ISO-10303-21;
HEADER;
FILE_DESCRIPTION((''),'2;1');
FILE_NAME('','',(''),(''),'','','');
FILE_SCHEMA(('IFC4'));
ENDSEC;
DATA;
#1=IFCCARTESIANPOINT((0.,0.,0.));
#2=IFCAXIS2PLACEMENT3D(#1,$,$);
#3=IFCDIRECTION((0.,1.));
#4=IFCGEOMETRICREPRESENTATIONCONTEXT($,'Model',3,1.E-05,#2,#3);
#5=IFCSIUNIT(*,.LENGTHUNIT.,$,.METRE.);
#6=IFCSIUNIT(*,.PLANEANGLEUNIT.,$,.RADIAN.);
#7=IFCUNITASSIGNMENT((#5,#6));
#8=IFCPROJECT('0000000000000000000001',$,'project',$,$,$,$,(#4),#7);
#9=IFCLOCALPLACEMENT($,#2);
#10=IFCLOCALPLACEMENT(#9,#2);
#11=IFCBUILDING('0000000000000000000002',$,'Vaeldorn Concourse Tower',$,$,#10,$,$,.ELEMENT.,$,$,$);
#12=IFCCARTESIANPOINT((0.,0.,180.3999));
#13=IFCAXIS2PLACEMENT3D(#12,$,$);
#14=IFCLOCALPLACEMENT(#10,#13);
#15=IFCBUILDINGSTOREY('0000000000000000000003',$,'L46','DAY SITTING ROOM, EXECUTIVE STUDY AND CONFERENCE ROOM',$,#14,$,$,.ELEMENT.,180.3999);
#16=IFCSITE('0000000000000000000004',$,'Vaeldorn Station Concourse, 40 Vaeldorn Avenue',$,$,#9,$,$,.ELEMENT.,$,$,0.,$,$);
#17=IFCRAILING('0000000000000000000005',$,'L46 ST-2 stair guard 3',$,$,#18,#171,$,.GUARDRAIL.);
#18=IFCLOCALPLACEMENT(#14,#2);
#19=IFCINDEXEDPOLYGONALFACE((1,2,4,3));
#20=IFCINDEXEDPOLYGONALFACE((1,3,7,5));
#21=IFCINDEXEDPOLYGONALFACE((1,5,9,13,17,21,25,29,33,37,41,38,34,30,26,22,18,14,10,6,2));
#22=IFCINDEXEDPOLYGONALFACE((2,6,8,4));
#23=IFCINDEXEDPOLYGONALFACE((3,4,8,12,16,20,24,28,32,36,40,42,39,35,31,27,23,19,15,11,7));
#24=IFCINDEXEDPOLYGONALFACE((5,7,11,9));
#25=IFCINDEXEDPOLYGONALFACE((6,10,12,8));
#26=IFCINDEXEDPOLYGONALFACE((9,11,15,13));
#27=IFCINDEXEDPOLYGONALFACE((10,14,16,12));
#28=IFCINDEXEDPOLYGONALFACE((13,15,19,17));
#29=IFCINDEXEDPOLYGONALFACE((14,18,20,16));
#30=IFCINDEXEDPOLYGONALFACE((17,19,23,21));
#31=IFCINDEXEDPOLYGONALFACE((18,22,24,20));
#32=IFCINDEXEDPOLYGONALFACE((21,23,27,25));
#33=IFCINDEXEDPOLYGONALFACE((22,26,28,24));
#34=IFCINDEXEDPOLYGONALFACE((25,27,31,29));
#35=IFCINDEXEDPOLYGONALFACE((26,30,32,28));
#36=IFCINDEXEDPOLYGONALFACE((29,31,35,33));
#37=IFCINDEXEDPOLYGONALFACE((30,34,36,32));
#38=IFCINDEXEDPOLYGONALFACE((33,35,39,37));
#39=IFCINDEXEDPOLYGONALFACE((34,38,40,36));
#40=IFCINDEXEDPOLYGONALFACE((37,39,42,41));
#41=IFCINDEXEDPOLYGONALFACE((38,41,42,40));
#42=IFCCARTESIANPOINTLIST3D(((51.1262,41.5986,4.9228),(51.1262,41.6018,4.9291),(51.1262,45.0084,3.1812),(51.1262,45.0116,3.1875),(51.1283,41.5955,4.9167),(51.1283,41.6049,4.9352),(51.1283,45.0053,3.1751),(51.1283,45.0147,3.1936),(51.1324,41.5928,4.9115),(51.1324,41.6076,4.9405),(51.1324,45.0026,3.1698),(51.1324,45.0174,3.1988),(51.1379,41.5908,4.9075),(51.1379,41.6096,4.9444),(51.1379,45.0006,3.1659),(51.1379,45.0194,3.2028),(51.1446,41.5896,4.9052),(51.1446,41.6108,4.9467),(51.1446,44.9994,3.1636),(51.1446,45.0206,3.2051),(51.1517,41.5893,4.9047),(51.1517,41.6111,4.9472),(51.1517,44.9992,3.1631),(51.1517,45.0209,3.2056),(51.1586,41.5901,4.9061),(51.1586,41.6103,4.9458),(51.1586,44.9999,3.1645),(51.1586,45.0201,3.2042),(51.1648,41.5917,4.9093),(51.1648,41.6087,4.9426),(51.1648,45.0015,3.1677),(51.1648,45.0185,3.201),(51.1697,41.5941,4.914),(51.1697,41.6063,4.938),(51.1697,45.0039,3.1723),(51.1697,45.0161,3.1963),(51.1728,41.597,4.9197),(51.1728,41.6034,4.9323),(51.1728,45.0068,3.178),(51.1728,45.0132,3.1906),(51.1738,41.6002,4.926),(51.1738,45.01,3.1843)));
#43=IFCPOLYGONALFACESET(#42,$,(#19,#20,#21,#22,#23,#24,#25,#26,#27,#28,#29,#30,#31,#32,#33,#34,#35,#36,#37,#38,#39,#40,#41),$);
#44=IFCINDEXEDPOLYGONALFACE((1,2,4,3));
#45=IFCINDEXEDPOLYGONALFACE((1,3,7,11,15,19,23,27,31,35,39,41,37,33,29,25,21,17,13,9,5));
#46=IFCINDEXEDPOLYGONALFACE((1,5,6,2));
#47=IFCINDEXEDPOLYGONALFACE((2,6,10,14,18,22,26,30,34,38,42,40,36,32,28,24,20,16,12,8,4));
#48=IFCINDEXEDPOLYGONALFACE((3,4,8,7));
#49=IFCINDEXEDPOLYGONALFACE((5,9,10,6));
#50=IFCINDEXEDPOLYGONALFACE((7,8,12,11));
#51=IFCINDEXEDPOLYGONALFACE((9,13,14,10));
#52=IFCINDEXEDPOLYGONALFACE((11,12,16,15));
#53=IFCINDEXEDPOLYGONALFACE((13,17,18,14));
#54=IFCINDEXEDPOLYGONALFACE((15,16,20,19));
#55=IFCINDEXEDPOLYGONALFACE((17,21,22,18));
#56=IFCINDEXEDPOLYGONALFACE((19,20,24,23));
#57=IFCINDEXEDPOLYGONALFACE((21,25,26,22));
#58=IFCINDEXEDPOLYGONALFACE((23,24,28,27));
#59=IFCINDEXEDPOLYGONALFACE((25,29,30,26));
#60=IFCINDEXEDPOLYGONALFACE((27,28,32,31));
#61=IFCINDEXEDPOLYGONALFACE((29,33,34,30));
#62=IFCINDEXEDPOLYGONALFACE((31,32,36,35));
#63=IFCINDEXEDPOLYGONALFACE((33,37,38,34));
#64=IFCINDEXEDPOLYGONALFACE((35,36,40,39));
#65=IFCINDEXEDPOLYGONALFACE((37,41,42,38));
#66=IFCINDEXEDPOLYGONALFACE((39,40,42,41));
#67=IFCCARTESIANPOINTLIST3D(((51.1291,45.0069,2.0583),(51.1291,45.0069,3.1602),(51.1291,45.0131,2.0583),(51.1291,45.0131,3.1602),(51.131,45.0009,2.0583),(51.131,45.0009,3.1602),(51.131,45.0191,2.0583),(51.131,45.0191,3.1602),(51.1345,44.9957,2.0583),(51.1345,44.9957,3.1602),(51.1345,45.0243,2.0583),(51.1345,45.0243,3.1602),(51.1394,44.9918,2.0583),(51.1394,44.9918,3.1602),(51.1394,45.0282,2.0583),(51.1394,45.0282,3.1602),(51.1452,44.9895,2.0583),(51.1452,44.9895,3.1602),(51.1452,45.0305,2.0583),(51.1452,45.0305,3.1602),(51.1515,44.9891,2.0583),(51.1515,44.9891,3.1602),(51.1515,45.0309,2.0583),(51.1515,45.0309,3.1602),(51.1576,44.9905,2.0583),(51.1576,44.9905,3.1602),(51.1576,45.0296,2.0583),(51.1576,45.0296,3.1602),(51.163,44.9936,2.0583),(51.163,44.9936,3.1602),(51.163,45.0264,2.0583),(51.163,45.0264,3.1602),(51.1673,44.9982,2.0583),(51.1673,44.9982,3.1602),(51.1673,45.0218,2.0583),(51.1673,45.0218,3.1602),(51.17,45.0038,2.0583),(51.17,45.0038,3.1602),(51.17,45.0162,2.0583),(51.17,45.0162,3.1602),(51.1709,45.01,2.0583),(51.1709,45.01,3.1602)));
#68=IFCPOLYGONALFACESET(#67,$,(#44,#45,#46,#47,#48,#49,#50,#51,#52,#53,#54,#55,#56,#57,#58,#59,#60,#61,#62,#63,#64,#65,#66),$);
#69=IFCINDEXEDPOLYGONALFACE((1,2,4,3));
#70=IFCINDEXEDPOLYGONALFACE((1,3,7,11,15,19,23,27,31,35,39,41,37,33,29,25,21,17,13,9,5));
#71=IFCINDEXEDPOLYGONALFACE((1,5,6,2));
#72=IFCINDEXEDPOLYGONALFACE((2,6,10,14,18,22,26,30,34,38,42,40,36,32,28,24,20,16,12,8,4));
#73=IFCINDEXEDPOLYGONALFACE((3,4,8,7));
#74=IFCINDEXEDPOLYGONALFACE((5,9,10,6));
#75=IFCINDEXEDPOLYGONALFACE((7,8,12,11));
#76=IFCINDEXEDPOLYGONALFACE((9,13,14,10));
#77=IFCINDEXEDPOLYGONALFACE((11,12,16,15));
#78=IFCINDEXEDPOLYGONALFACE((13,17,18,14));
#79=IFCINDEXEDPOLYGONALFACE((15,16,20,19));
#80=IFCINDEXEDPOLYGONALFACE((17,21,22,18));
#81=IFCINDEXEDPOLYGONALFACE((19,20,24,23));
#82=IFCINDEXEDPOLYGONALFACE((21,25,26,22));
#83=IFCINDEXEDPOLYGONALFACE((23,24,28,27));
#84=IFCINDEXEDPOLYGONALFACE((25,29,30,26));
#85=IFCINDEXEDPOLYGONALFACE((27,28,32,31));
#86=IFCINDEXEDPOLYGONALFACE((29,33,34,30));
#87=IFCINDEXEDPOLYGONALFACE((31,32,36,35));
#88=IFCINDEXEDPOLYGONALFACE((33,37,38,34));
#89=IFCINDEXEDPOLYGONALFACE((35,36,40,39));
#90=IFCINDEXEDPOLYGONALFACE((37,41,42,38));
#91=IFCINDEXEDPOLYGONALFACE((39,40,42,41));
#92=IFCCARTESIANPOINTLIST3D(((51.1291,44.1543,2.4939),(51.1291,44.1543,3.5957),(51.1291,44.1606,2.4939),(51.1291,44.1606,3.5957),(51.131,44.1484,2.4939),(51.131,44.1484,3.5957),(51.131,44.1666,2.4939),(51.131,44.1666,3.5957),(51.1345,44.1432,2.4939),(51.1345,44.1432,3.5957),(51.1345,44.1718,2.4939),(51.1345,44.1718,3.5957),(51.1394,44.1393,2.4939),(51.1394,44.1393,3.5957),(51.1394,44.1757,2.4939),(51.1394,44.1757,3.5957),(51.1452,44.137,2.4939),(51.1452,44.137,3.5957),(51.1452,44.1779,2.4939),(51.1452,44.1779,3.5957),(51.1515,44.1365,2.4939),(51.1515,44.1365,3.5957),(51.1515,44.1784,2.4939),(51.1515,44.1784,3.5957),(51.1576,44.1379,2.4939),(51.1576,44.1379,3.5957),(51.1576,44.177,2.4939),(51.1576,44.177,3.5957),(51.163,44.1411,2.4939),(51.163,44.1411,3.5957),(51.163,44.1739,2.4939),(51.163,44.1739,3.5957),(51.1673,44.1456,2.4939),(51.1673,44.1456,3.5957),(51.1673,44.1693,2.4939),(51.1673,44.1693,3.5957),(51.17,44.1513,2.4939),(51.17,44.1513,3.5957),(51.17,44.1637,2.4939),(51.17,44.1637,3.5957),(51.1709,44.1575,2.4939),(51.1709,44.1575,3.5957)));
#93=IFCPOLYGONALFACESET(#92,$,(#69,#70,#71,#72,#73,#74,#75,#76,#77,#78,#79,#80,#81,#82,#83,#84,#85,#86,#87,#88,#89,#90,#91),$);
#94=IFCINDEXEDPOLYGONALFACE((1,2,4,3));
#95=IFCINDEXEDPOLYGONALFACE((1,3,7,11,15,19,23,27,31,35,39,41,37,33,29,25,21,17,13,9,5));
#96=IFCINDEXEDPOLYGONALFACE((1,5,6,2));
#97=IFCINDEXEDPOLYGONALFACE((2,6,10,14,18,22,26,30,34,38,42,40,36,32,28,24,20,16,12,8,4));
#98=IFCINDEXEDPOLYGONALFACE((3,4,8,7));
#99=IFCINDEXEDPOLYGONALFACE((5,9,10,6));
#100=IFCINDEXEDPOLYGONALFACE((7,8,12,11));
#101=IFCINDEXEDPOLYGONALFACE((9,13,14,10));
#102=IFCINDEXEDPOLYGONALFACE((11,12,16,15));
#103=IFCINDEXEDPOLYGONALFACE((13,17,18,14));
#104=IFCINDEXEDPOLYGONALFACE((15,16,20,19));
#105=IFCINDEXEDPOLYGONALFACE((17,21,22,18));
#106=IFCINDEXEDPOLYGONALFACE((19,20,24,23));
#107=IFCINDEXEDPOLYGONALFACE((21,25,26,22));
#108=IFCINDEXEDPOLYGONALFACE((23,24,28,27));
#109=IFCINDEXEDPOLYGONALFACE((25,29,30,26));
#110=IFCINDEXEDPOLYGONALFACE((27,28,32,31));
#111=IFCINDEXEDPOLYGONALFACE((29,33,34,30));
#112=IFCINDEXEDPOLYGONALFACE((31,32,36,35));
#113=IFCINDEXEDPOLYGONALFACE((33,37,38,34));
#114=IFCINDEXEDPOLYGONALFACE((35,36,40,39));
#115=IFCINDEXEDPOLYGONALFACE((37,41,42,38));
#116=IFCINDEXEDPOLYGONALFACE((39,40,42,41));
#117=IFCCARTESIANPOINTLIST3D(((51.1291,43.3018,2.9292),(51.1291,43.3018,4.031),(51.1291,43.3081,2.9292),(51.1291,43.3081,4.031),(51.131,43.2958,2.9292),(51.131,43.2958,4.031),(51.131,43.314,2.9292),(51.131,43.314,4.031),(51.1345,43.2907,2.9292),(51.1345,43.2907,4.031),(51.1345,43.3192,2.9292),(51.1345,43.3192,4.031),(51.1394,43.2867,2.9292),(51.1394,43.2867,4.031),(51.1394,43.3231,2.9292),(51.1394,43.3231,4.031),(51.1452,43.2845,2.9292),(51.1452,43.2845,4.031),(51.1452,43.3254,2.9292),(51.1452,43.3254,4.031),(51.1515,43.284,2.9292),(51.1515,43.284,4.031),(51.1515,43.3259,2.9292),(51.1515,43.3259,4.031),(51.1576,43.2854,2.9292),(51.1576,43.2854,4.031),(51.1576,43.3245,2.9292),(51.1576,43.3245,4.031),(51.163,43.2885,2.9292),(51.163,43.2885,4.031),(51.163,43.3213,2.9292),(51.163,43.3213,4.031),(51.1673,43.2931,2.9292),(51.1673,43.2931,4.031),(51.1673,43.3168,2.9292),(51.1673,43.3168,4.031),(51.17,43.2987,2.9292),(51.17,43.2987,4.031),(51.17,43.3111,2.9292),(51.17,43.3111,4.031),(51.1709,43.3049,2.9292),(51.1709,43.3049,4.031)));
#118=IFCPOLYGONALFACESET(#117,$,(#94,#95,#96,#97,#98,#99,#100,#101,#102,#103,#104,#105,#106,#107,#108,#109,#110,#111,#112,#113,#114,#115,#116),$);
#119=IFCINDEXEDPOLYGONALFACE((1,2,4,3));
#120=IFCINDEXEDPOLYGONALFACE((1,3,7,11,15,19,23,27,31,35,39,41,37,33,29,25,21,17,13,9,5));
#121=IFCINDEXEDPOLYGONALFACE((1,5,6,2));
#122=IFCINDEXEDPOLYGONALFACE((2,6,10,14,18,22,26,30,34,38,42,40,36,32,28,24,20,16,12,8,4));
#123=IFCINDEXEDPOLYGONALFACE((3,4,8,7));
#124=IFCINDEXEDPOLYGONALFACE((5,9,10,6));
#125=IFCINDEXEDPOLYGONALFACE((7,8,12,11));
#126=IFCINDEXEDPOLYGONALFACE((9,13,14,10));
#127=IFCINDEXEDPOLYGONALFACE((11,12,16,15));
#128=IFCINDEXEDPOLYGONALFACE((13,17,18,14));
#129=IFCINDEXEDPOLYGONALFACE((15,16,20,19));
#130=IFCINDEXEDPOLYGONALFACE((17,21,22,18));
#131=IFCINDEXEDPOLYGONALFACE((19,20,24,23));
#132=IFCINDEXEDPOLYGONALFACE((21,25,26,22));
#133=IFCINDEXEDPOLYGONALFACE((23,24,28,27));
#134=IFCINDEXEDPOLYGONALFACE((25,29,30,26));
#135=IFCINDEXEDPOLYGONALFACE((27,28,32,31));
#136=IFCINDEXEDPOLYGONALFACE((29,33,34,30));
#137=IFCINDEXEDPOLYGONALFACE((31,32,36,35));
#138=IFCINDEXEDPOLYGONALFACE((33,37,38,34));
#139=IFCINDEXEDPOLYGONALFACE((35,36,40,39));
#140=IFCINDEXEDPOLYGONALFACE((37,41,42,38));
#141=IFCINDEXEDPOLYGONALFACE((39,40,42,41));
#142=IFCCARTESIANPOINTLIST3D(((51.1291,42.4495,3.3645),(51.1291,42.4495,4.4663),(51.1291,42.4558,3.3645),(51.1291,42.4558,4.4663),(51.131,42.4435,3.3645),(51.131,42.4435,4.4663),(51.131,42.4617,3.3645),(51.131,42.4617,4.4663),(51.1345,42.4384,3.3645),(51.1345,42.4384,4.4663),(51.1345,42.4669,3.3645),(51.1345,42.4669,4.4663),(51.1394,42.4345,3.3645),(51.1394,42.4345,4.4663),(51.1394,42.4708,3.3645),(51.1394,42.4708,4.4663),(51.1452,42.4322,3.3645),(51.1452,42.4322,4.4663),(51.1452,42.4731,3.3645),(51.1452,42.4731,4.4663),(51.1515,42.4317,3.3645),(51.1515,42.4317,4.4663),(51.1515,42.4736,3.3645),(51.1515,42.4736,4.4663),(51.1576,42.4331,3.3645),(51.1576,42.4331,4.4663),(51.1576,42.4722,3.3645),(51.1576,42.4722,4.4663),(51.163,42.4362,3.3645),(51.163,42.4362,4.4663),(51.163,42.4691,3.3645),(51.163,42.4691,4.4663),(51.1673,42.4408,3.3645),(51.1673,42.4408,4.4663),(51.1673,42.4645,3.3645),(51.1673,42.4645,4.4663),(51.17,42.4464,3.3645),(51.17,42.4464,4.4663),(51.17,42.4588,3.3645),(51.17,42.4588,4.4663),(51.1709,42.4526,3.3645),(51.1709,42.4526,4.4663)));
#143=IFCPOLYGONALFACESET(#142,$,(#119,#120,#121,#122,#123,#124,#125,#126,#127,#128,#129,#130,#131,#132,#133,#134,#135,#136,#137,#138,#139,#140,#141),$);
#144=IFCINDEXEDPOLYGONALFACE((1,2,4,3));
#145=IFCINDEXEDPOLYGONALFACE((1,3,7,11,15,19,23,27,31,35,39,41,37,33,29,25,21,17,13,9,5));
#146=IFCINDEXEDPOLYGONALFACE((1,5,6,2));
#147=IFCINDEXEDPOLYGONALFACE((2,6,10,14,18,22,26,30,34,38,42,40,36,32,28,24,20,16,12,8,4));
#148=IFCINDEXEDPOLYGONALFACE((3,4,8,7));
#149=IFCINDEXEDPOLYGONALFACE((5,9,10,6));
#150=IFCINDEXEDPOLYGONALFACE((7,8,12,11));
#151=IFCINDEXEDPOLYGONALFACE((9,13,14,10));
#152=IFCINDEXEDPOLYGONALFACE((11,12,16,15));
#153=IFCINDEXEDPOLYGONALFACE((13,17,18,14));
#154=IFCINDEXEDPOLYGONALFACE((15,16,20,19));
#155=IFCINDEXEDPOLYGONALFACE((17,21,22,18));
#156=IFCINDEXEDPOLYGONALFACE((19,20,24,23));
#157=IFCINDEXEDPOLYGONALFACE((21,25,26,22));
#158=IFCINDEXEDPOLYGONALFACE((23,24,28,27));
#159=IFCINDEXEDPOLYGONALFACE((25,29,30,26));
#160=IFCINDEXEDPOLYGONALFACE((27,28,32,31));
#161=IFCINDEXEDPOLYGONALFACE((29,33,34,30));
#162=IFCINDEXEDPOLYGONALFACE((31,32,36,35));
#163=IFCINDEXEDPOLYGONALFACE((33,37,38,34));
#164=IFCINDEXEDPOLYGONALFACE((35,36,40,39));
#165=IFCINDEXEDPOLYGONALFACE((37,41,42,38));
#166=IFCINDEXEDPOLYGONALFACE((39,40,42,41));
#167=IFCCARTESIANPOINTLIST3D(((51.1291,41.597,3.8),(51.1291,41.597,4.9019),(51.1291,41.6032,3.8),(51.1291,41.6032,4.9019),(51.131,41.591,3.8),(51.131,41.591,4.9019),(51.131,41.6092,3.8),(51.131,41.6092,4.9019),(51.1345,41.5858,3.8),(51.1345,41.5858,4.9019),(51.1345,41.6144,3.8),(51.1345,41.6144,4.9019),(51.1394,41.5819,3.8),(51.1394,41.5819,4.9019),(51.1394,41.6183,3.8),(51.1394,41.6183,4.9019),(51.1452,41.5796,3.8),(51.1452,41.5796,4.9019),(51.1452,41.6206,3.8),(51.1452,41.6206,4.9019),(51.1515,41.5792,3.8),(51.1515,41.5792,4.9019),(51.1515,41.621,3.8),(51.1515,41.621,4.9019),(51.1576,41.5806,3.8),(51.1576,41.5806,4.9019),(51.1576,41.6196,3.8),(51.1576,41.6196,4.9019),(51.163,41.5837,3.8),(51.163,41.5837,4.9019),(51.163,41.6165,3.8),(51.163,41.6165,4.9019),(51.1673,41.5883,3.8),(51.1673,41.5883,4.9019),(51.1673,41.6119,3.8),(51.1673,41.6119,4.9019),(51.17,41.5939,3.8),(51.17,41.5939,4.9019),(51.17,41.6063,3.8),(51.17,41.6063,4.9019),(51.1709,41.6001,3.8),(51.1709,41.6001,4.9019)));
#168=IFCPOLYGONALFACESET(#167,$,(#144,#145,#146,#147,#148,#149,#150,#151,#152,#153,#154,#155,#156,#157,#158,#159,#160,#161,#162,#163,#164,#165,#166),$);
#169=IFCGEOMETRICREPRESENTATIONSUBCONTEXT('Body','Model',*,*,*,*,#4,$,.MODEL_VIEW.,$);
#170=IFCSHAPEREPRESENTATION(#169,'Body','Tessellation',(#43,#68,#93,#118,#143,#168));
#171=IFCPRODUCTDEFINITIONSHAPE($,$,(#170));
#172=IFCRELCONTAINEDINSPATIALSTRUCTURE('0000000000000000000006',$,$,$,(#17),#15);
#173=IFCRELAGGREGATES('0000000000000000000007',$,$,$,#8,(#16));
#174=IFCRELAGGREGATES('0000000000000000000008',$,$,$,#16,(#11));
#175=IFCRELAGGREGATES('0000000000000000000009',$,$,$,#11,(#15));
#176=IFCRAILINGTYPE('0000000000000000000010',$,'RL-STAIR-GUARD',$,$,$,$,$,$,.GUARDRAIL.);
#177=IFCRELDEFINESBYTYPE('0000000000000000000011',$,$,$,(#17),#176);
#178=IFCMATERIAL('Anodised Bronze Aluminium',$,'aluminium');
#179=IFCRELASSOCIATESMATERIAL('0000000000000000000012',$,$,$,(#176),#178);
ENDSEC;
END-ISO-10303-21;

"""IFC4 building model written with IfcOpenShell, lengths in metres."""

from ifc_helpers import new_model, si_unit, direction, frame, origin, origin_2d, place, context, subcontext, project, spatial, circle, extrude, material, type_object, element, save


model = new_model("IFC4")

# Units and contexts
model_context = context("Model", 3, precision=1e-05, world=origin(), true_north=direction((0.0, 1.0)))
body_context = subcontext(model_context, "Body", "Model", "MODEL_VIEW")
ifc_project = project(units=[si_unit("LENGTHUNIT", "METRE"), si_unit("PLANEANGLEUNIT", "RADIAN")], contexts=[model_context])

# Site, building, storey
site_placement = place(None, origin())
site = spatial("IfcSite", under=ifc_project, at=site_placement, Name="Vaeldorn Station Concourse, 40 Vaeldorn Avenue", CompositionType="ELEMENT", RefElevation=0.0)
building_placement = place(site_placement, origin())
building = spatial("IfcBuilding", under=site, at=building_placement, Name="Vaeldorn Concourse Tower", CompositionType="ELEMENT")
storey_placement = place(building_placement, frame((0.0, 0.0, 180.3999)))
storey = spatial("IfcBuildingStorey", under=building, at=storey_placement, Name="L46", Description="DAY SITTING ROOM, EXECUTIVE STUDY AND CONFERENCE ROOM", CompositionType="ELEMENT", Elevation=180.3999)

# Shared definitions
ifc_material_1 = material(Name="Anodised Bronze Aluminium", Category="aluminium")

# Railing
railing_type_1 = type_object("IfcRailingType", Name="RL-STAIR-GUARD", PredefinedType="GUARDRAIL", material=ifc_material_1)
railing_1_placement = place(storey_placement, frame((51.1499, 45.01, 2.0583)))
element("IfcRailing", 1, at=railing_1_placement, inside=storey, type_object=railing_type_1, Name="L46 ST-2 stair guard 3", PredefinedType="GUARDRAIL", context=body_context, shape_type="SweptSolid", body=[
    extrude(circle(Radius=0.0239, at=origin_2d()), frame((0.0, 0.0, 1.126), z_axis=(0.0, -0.890556, 0.454874), x_axis=(1.0, 0.0, 0.0)), (0.0, 0.0, 1.0), 3.8289),
    extrude(circle(Radius=0.021, at=origin_2d()), origin(), (0.0, 0.0, 1.0), 1.1018),
    extrude(circle(Radius=0.021, at=origin_2d()), frame((0.0, -0.8525, 0.4355)), (0.0, 0.0, 1.0), 1.1018),
    extrude(circle(Radius=0.021, at=origin_2d()), frame((0.0, -1.7051, 0.8708)), (0.0, 0.0, 1.0), 1.1018),
    extrude(circle(Radius=0.021, at=origin_2d()), frame((0.0, -2.5574, 1.3062)), (0.0, 0.0, 1.0), 1.1018),
    extrude(circle(Radius=0.021, at=origin_2d()), frame((0.0, -3.4099, 1.7417)), (0.0, 0.0, 1.0), 1.1018),
])

save(model, "model.ifc")
